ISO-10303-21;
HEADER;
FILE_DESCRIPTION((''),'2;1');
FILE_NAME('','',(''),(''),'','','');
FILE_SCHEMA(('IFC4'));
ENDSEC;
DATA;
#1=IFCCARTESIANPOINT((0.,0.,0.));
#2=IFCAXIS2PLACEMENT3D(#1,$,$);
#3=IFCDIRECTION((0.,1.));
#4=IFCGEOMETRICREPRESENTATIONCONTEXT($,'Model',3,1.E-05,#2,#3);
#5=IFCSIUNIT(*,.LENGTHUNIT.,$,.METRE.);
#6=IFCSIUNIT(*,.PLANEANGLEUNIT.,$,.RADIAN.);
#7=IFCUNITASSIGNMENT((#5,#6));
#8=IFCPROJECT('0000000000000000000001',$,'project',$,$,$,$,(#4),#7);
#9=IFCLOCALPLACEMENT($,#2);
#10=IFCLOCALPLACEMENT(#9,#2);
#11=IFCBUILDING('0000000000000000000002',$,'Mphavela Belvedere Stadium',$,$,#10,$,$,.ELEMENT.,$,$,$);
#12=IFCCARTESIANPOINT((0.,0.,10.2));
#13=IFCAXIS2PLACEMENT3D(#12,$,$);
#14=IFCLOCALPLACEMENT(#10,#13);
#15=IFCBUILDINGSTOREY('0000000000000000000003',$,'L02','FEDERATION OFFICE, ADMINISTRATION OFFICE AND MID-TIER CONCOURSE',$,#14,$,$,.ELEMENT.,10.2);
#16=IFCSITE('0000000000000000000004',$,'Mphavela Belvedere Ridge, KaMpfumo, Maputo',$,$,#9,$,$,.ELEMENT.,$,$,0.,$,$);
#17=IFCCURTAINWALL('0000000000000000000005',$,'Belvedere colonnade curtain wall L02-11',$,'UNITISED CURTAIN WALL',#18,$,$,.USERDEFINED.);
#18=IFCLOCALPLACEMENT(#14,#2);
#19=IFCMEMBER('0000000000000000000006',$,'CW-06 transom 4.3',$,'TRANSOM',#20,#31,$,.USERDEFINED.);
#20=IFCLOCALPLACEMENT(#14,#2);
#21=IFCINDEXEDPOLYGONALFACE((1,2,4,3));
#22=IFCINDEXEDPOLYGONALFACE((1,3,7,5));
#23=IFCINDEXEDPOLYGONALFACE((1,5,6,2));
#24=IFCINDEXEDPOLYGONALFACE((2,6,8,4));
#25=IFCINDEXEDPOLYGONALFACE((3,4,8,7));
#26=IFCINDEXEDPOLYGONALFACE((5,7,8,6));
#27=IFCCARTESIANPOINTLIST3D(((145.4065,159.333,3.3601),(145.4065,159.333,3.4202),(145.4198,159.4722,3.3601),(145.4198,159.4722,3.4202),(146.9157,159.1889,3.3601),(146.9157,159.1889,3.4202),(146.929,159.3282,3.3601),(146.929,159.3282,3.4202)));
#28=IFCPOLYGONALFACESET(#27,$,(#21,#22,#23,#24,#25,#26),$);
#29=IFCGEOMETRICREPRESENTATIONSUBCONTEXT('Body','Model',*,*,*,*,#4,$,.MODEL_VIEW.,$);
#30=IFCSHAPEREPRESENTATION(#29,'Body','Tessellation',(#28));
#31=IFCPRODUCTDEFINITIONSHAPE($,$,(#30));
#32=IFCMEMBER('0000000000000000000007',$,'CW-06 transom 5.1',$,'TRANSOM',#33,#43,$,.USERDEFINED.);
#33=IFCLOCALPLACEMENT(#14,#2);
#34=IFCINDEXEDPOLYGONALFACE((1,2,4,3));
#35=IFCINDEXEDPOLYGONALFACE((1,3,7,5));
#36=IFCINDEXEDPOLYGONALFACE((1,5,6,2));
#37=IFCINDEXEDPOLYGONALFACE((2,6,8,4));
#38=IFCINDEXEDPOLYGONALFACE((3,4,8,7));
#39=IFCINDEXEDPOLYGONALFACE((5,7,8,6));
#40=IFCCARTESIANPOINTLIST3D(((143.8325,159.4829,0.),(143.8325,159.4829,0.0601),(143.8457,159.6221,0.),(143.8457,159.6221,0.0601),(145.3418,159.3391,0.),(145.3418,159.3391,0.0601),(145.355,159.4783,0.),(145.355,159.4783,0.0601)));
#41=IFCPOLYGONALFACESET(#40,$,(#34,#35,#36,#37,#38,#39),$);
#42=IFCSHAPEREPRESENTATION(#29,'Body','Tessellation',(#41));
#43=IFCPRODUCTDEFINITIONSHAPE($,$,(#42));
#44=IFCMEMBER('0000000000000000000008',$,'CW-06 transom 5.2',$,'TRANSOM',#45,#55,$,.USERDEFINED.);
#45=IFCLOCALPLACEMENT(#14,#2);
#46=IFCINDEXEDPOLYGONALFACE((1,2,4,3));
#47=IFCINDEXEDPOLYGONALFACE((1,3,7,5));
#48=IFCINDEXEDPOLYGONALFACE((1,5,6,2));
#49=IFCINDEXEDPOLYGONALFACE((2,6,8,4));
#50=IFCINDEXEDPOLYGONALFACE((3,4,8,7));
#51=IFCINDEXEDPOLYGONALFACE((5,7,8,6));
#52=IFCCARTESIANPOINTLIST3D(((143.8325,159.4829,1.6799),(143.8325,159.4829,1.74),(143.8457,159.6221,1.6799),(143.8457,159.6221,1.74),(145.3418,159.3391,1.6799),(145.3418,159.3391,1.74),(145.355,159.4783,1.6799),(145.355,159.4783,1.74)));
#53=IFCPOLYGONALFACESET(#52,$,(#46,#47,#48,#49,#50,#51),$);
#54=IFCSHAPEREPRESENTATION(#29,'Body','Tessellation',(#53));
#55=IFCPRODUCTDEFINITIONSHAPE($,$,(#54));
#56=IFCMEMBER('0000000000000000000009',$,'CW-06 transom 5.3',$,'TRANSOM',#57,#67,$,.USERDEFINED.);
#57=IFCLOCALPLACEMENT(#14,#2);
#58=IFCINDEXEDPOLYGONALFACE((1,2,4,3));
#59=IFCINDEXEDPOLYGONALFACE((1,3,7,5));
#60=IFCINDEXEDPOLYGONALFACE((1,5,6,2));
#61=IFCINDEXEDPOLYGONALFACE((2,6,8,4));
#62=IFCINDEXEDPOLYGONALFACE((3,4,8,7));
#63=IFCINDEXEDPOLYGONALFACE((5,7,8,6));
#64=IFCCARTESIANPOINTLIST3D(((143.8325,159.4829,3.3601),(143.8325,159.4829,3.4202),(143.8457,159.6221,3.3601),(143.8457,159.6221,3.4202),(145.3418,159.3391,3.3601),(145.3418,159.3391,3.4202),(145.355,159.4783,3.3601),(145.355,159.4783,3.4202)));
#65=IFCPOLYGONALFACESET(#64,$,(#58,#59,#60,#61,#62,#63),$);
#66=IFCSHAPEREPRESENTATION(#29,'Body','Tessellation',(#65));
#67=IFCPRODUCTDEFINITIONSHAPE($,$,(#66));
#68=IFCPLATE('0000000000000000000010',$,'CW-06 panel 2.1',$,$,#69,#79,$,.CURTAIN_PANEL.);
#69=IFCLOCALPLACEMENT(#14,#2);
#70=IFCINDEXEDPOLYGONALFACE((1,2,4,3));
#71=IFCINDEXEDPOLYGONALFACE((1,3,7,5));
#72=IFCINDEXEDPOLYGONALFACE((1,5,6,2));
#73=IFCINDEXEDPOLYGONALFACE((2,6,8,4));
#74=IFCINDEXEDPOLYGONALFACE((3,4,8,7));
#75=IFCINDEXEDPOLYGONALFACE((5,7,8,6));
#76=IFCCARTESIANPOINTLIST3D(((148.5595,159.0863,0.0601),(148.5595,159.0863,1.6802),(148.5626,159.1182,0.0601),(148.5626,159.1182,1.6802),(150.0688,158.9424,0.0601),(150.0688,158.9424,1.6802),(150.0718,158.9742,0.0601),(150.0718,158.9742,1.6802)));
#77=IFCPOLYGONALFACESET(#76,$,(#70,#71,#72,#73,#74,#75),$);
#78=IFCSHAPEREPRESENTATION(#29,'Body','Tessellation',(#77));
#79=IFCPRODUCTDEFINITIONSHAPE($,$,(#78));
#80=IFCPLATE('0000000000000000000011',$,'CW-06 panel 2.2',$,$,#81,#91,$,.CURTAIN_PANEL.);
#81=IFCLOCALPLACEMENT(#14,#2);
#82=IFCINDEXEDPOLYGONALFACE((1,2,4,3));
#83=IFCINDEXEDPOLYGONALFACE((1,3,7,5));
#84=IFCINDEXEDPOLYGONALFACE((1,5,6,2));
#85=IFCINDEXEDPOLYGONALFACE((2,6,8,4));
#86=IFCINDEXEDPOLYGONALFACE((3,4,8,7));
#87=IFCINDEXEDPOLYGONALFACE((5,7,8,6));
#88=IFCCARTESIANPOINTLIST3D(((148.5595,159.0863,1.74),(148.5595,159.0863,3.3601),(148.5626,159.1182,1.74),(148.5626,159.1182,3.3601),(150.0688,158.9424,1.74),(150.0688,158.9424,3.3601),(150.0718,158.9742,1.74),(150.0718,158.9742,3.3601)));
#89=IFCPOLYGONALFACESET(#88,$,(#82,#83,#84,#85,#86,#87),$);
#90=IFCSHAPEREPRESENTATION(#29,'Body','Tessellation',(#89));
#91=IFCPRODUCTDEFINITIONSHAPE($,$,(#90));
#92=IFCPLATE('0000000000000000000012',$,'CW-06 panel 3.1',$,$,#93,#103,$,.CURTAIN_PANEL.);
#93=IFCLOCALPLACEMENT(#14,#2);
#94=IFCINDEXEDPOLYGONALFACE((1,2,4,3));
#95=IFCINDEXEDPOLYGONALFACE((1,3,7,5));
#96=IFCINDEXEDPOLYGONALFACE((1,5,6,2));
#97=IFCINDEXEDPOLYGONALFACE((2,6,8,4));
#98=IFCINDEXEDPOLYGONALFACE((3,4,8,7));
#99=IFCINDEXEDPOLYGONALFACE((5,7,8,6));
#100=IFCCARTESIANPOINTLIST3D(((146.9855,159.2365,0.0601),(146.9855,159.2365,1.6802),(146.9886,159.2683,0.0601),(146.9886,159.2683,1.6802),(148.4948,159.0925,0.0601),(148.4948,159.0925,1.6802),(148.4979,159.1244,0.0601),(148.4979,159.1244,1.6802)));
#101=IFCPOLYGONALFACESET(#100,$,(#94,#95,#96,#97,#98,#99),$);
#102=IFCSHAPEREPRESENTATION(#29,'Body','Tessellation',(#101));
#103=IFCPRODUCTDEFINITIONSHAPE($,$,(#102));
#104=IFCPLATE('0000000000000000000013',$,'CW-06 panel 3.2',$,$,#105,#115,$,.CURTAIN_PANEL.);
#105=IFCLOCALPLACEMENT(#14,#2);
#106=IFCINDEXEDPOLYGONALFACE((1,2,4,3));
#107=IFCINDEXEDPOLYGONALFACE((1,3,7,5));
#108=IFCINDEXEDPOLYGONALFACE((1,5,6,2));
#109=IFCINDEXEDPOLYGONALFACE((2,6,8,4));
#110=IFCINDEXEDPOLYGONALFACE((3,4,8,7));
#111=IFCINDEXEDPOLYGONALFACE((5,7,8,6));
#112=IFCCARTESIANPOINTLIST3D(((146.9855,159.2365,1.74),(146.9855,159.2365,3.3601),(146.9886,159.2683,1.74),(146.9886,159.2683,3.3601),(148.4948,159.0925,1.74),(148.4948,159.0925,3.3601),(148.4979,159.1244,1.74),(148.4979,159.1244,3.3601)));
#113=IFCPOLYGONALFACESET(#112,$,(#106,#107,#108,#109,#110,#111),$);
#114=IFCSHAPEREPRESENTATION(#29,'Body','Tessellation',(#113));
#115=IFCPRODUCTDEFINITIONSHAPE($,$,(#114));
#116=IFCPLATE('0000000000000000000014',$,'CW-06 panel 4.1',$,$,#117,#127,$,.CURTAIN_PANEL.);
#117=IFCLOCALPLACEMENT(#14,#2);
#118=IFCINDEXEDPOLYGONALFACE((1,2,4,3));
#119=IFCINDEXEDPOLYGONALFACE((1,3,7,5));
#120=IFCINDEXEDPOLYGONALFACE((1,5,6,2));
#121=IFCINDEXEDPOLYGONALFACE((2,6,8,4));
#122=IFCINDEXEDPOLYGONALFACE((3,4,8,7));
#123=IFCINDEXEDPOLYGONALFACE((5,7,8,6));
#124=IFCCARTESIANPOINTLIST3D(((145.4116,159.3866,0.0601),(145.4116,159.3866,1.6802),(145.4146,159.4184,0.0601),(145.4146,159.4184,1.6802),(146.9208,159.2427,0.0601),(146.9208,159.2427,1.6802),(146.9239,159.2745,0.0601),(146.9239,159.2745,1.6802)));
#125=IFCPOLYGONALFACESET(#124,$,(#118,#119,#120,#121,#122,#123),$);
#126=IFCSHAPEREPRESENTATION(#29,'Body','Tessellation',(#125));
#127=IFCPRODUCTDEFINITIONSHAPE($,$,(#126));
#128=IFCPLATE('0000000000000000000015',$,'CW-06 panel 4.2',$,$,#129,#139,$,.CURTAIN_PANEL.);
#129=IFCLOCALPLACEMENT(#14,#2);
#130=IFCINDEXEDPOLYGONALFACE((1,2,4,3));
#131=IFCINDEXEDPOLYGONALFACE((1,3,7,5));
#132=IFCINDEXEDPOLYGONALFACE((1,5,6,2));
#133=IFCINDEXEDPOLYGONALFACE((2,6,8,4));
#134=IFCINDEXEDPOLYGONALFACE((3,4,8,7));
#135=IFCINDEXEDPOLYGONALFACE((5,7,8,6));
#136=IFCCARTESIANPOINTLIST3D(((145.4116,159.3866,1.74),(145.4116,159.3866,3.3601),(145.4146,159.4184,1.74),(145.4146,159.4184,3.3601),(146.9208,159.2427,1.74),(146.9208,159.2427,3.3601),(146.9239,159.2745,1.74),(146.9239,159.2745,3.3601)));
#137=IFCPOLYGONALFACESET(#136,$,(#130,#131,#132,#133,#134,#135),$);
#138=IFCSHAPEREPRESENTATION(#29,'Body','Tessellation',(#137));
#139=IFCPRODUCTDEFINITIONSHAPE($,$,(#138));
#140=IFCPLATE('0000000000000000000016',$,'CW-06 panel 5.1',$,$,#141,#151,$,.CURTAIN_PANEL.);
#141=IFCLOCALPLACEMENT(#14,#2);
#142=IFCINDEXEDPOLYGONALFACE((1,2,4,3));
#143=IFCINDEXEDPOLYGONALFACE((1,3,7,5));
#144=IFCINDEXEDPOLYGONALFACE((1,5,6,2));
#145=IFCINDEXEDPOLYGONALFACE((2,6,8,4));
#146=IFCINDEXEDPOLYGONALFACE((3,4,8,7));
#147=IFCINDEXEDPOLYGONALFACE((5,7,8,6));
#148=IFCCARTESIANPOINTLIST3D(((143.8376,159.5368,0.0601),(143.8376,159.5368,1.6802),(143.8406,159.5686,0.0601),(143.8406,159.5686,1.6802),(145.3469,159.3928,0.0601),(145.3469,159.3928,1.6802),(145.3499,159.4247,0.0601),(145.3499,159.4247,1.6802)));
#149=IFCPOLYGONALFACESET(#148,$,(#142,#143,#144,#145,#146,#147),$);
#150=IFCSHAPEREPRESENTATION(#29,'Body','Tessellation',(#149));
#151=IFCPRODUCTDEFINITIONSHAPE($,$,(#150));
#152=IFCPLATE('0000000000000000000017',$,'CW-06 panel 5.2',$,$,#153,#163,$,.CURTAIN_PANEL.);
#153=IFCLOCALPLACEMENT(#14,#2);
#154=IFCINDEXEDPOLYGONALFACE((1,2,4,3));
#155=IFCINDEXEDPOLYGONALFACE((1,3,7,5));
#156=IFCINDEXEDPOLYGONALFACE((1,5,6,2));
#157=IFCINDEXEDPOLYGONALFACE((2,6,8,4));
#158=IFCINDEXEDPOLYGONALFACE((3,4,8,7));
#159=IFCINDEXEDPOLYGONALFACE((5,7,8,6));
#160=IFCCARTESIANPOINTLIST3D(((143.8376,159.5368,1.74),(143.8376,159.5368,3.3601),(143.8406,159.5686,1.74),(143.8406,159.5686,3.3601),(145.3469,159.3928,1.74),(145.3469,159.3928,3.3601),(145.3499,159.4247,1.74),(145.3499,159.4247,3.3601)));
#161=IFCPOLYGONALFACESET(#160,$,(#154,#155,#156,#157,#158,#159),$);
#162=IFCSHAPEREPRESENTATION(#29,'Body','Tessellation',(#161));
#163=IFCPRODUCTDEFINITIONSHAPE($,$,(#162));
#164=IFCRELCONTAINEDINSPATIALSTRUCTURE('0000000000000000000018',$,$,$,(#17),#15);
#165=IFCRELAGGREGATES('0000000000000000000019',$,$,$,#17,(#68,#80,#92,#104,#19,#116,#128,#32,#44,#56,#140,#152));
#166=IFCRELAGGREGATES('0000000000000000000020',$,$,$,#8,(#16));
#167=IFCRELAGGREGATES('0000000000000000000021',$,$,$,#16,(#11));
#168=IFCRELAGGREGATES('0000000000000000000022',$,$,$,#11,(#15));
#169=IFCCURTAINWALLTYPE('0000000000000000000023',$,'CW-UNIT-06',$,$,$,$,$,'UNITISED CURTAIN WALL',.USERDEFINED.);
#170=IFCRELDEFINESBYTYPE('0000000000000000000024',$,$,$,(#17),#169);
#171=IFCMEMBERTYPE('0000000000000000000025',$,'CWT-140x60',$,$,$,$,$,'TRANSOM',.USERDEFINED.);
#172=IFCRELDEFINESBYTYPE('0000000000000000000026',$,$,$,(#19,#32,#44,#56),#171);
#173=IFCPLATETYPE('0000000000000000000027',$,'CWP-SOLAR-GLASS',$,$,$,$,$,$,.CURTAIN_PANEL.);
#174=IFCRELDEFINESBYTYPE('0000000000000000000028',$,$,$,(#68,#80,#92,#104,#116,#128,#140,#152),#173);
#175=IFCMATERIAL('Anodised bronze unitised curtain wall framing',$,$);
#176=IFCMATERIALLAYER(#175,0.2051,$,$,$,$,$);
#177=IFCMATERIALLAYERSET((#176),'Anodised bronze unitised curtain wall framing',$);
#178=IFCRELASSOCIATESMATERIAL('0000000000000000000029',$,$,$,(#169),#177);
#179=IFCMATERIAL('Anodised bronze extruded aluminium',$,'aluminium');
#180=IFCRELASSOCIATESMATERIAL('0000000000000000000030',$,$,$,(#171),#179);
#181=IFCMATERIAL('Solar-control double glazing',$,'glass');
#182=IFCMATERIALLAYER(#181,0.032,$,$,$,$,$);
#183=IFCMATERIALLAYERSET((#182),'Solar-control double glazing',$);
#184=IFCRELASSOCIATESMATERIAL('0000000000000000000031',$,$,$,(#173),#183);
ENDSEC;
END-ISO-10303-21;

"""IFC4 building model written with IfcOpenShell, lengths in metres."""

from ifc_helpers import new_model, si_unit, direction, frame, origin, origin_2d, place, context, subcontext, project, spatial, rectangle, extrude, material, layer, layer_set, material_profile, profile_set, type_object, element, aggregate, save


model = new_model("IFC4")

# Units and contexts
model_context = context("Model", 3, precision=1e-05, world=origin(), true_north=direction((0.0, 1.0)))
body_context = subcontext(model_context, "Body", "Model", "MODEL_VIEW")
ifc_project = project(units=[si_unit("LENGTHUNIT", "METRE"), si_unit("PLANEANGLEUNIT", "RADIAN")], contexts=[model_context])

# Site, building, storey
site_placement = place(None, origin())
site = spatial("IfcSite", under=ifc_project, at=site_placement, Name="Mphavela Belvedere Ridge, KaMpfumo, Maputo", CompositionType="ELEMENT", RefElevation=0.0)
building_placement = place(site_placement, origin())
building = spatial("IfcBuilding", under=site, at=building_placement, Name="Mphavela Belvedere Stadium", CompositionType="ELEMENT")
storey_placement = place(building_placement, frame((0.0, 0.0, 10.2)))
storey = spatial("IfcBuildingStorey", under=building, at=storey_placement, Name="L02", Description="FEDERATION OFFICE, ADMINISTRATION OFFICE AND MID-TIER CONCOURSE", CompositionType="ELEMENT", Elevation=10.2)

# Curtain wall, members, plates
ifc_material_1 = material(Name="Anodised bronze unitised curtain wall framing")
ifc_layer_1 = layer(ifc_material_1, 0.2051)
ifc_layer_set_1 = layer_set([ifc_layer_1], Name="Anodised bronze unitised curtain wall framing")
curtain_wall_type = type_object("IfcCurtainWallType", Name="CW-UNIT-06", ElementType="UNITISED CURTAIN WALL", PredefinedType="USERDEFINED", material=ifc_layer_set_1)
curtain_wall_placement = place(storey_placement, origin())
curtain_wall = element("IfcCurtainWall", 1, at=curtain_wall_placement, inside=storey, type_object=curtain_wall_type, Name="Belvedere colonnade curtain wall L02-11", ObjectType="UNITISED CURTAIN WALL", PredefinedType="USERDEFINED")
ifc_material_2 = material(Name="Anodised bronze extruded aluminium", Category="aluminium")
ifc_material_profile_1 = material_profile(ifc_material_2, rectangle(XDim=0.1399, YDim=0.0601, at=origin_2d()), Name="CW-TRN 140x60")
ifc_profile_set_1 = profile_set([ifc_material_profile_1], Name="Anodised bronze extruded aluminium")
member_type_1 = type_object("IfcMemberType", Name="CWT-140x60", ElementType="TRANSOM", PredefinedType="USERDEFINED", material=ifc_profile_set_1)
member_1_placement = place(storey_placement, frame((146.9224, 159.2585, 3.3901), z_axis=(-0.995477, 0.095007, 0.0), x_axis=(-0.095007, -0.995477, 0.0)))
member_1 = element("IfcMember", 2, at=member_1_placement, type_object=member_type_1, Name="CW-06 transom 4.3", ObjectType="TRANSOM", PredefinedType="USERDEFINED", context=body_context, shape_type="SweptSolid", body=[
    extrude(rectangle(XDim=0.1399, YDim=0.0601, at=origin_2d()), origin(), (0.0, 0.0, 1.0), 1.5161),
])
member_2_placement = place(storey_placement, frame((145.3484, 159.4087, 0.03), z_axis=(-0.995492, 0.094847, 0.0), x_axis=(-0.094847, -0.995492, 0.0)))
member_2 = element("IfcMember", 3, at=member_2_placement, type_object=member_type_1, Name="CW-06 transom 5.1", ObjectType="TRANSOM", PredefinedType="USERDEFINED", context=body_context, shape_type="SweptSolid", body=[
    extrude(rectangle(XDim=0.1399, YDim=0.0601, at=origin_2d()), origin(), (0.0, 0.0, 1.0), 1.5161),
])
member_3_placement = place(storey_placement, frame((145.3484, 159.4087, 1.71), z_axis=(-0.995492, 0.094847, 0.0), x_axis=(-0.094847, -0.995492, 0.0)))
member_3 = element("IfcMember", 4, at=member_3_placement, type_object=member_type_1, Name="CW-06 transom 5.2", ObjectType="TRANSOM", PredefinedType="USERDEFINED", context=body_context, shape_type="SweptSolid", body=[
    extrude(rectangle(XDim=0.1399, YDim=0.0601, at=origin_2d()), origin(), (0.0, 0.0, 1.0), 1.5161),
])
member_4_placement = place(storey_placement, frame((145.3484, 159.4087, 3.3901), z_axis=(-0.995492, 0.094847, 0.0), x_axis=(-0.094847, -0.995492, 0.0)))
member_4 = element("IfcMember", 5, at=member_4_placement, type_object=member_type_1, Name="CW-06 transom 5.3", ObjectType="TRANSOM", PredefinedType="USERDEFINED", context=body_context, shape_type="SweptSolid", body=[
    extrude(rectangle(XDim=0.1399, YDim=0.0601, at=origin_2d()), origin(), (0.0, 0.0, 1.0), 1.5161),
])
ifc_material_3 = material(Name="Solar-control double glazing", Category="glass")
ifc_layer_2 = layer(ifc_material_3, 0.032)
ifc_layer_set_2 = layer_set([ifc_layer_2], Name="Solar-control double glazing")
plate_type = type_object("IfcPlateType", Name="CWP-SOLAR-GLASS", PredefinedType="CURTAIN_PANEL", material=ifc_layer_set_2)
plate_1_placement = place(storey_placement, frame((149.3157, 159.0303, 0.0601), z_axis=(0.0, 0.0, 1.0), x_axis=(-0.995484, 0.094926, 0.0)))
plate_1 = element("IfcPlate", 6, at=plate_1_placement, type_object=plate_type, Name="CW-06 panel 2.1", PredefinedType="CURTAIN_PANEL", context=body_context, shape_type="SweptSolid", body=[
    extrude(rectangle(XDim=1.5161, YDim=0.032, at=origin_2d()), origin(), (0.0, 0.0, 1.0), 1.6201),
])
plate_2_placement = place(storey_placement, frame((149.3157, 159.0303, 1.74), z_axis=(0.0, 0.0, 1.0), x_axis=(-0.995484, 0.094926, 0.0)))
plate_2 = element("IfcPlate", 7, at=plate_2_placement, type_object=plate_type, Name="CW-06 panel 2.2", PredefinedType="CURTAIN_PANEL", context=body_context, shape_type="SweptSolid", body=[
    extrude(rectangle(XDim=1.5161, YDim=0.032, at=origin_2d()), origin(), (0.0, 0.0, 1.0), 1.6201),
])
plate_3_placement = place(storey_placement, frame((147.7417, 159.1804, 0.0601), z_axis=(0.0, 0.0, 1.0), x_axis=(-0.995484, 0.094926, 0.0)))
plate_3 = element("IfcPlate", 8, at=plate_3_placement, type_object=plate_type, Name="CW-06 panel 3.1", PredefinedType="CURTAIN_PANEL", context=body_context, shape_type="SweptSolid", body=[
    extrude(rectangle(XDim=1.5161, YDim=0.032, at=origin_2d()), origin(), (0.0, 0.0, 1.0), 1.6201),
])
plate_4_placement = place(storey_placement, frame((147.7417, 159.1804, 1.74), z_axis=(0.0, 0.0, 1.0), x_axis=(-0.995484, 0.094926, 0.0)))
plate_4 = element("IfcPlate", 9, at=plate_4_placement, type_object=plate_type, Name="CW-06 panel 3.2", PredefinedType="CURTAIN_PANEL", context=body_context, shape_type="SweptSolid", body=[
    extrude(rectangle(XDim=1.5161, YDim=0.032, at=origin_2d()), origin(), (0.0, 0.0, 1.0), 1.6201),
])
plate_5_placement = place(storey_placement, frame((146.1677, 159.3306, 0.0601), z_axis=(0.0, 0.0, 1.0), x_axis=(-0.995484, 0.094926, 0.0)))
plate_5 = element("IfcPlate", 10, at=plate_5_placement, type_object=plate_type, Name="CW-06 panel 4.1", PredefinedType="CURTAIN_PANEL", context=body_context, shape_type="SweptSolid", body=[
    extrude(rectangle(XDim=1.5161, YDim=0.032, at=origin_2d()), origin(), (0.0, 0.0, 1.0), 1.6201),
])
plate_6_placement = place(storey_placement, frame((146.1677, 159.3306, 1.74), z_axis=(0.0, 0.0, 1.0), x_axis=(-0.995484, 0.094926, 0.0)))
plate_6 = element("IfcPlate", 11, at=plate_6_placement, type_object=plate_type, Name="CW-06 panel 4.2", PredefinedType="CURTAIN_PANEL", context=body_context, shape_type="SweptSolid", body=[
    extrude(rectangle(XDim=1.5161, YDim=0.032, at=origin_2d()), origin(), (0.0, 0.0, 1.0), 1.6201),
])
plate_7_placement = place(storey_placement, frame((144.5938, 159.4807, 0.0601), z_axis=(0.0, 0.0, 1.0), x_axis=(-0.995484, 0.094926, 0.0)))
plate_7 = element("IfcPlate", 12, at=plate_7_placement, type_object=plate_type, Name="CW-06 panel 5.1", PredefinedType="CURTAIN_PANEL", context=body_context, shape_type="SweptSolid", body=[
    extrude(rectangle(XDim=1.5161, YDim=0.032, at=origin_2d()), origin(), (0.0, 0.0, 1.0), 1.6201),
])
plate_8_placement = place(storey_placement, frame((144.5938, 159.4807, 1.74), z_axis=(0.0, 0.0, 1.0), x_axis=(-0.995484, 0.094926, 0.0)))
plate_8 = element("IfcPlate", 13, at=plate_8_placement, type_object=plate_type, Name="CW-06 panel 5.2", PredefinedType="CURTAIN_PANEL", context=body_context, shape_type="SweptSolid", body=[
    extrude(rectangle(XDim=1.5161, YDim=0.032, at=origin_2d()), origin(), (0.0, 0.0, 1.0), 1.6201),
])
aggregate(curtain_wall, [plate_1, plate_2, plate_3, plate_4, member_1, plate_5, plate_6, member_2, member_3, member_4, plate_7, plate_8])

save(model, "model.ifc")
